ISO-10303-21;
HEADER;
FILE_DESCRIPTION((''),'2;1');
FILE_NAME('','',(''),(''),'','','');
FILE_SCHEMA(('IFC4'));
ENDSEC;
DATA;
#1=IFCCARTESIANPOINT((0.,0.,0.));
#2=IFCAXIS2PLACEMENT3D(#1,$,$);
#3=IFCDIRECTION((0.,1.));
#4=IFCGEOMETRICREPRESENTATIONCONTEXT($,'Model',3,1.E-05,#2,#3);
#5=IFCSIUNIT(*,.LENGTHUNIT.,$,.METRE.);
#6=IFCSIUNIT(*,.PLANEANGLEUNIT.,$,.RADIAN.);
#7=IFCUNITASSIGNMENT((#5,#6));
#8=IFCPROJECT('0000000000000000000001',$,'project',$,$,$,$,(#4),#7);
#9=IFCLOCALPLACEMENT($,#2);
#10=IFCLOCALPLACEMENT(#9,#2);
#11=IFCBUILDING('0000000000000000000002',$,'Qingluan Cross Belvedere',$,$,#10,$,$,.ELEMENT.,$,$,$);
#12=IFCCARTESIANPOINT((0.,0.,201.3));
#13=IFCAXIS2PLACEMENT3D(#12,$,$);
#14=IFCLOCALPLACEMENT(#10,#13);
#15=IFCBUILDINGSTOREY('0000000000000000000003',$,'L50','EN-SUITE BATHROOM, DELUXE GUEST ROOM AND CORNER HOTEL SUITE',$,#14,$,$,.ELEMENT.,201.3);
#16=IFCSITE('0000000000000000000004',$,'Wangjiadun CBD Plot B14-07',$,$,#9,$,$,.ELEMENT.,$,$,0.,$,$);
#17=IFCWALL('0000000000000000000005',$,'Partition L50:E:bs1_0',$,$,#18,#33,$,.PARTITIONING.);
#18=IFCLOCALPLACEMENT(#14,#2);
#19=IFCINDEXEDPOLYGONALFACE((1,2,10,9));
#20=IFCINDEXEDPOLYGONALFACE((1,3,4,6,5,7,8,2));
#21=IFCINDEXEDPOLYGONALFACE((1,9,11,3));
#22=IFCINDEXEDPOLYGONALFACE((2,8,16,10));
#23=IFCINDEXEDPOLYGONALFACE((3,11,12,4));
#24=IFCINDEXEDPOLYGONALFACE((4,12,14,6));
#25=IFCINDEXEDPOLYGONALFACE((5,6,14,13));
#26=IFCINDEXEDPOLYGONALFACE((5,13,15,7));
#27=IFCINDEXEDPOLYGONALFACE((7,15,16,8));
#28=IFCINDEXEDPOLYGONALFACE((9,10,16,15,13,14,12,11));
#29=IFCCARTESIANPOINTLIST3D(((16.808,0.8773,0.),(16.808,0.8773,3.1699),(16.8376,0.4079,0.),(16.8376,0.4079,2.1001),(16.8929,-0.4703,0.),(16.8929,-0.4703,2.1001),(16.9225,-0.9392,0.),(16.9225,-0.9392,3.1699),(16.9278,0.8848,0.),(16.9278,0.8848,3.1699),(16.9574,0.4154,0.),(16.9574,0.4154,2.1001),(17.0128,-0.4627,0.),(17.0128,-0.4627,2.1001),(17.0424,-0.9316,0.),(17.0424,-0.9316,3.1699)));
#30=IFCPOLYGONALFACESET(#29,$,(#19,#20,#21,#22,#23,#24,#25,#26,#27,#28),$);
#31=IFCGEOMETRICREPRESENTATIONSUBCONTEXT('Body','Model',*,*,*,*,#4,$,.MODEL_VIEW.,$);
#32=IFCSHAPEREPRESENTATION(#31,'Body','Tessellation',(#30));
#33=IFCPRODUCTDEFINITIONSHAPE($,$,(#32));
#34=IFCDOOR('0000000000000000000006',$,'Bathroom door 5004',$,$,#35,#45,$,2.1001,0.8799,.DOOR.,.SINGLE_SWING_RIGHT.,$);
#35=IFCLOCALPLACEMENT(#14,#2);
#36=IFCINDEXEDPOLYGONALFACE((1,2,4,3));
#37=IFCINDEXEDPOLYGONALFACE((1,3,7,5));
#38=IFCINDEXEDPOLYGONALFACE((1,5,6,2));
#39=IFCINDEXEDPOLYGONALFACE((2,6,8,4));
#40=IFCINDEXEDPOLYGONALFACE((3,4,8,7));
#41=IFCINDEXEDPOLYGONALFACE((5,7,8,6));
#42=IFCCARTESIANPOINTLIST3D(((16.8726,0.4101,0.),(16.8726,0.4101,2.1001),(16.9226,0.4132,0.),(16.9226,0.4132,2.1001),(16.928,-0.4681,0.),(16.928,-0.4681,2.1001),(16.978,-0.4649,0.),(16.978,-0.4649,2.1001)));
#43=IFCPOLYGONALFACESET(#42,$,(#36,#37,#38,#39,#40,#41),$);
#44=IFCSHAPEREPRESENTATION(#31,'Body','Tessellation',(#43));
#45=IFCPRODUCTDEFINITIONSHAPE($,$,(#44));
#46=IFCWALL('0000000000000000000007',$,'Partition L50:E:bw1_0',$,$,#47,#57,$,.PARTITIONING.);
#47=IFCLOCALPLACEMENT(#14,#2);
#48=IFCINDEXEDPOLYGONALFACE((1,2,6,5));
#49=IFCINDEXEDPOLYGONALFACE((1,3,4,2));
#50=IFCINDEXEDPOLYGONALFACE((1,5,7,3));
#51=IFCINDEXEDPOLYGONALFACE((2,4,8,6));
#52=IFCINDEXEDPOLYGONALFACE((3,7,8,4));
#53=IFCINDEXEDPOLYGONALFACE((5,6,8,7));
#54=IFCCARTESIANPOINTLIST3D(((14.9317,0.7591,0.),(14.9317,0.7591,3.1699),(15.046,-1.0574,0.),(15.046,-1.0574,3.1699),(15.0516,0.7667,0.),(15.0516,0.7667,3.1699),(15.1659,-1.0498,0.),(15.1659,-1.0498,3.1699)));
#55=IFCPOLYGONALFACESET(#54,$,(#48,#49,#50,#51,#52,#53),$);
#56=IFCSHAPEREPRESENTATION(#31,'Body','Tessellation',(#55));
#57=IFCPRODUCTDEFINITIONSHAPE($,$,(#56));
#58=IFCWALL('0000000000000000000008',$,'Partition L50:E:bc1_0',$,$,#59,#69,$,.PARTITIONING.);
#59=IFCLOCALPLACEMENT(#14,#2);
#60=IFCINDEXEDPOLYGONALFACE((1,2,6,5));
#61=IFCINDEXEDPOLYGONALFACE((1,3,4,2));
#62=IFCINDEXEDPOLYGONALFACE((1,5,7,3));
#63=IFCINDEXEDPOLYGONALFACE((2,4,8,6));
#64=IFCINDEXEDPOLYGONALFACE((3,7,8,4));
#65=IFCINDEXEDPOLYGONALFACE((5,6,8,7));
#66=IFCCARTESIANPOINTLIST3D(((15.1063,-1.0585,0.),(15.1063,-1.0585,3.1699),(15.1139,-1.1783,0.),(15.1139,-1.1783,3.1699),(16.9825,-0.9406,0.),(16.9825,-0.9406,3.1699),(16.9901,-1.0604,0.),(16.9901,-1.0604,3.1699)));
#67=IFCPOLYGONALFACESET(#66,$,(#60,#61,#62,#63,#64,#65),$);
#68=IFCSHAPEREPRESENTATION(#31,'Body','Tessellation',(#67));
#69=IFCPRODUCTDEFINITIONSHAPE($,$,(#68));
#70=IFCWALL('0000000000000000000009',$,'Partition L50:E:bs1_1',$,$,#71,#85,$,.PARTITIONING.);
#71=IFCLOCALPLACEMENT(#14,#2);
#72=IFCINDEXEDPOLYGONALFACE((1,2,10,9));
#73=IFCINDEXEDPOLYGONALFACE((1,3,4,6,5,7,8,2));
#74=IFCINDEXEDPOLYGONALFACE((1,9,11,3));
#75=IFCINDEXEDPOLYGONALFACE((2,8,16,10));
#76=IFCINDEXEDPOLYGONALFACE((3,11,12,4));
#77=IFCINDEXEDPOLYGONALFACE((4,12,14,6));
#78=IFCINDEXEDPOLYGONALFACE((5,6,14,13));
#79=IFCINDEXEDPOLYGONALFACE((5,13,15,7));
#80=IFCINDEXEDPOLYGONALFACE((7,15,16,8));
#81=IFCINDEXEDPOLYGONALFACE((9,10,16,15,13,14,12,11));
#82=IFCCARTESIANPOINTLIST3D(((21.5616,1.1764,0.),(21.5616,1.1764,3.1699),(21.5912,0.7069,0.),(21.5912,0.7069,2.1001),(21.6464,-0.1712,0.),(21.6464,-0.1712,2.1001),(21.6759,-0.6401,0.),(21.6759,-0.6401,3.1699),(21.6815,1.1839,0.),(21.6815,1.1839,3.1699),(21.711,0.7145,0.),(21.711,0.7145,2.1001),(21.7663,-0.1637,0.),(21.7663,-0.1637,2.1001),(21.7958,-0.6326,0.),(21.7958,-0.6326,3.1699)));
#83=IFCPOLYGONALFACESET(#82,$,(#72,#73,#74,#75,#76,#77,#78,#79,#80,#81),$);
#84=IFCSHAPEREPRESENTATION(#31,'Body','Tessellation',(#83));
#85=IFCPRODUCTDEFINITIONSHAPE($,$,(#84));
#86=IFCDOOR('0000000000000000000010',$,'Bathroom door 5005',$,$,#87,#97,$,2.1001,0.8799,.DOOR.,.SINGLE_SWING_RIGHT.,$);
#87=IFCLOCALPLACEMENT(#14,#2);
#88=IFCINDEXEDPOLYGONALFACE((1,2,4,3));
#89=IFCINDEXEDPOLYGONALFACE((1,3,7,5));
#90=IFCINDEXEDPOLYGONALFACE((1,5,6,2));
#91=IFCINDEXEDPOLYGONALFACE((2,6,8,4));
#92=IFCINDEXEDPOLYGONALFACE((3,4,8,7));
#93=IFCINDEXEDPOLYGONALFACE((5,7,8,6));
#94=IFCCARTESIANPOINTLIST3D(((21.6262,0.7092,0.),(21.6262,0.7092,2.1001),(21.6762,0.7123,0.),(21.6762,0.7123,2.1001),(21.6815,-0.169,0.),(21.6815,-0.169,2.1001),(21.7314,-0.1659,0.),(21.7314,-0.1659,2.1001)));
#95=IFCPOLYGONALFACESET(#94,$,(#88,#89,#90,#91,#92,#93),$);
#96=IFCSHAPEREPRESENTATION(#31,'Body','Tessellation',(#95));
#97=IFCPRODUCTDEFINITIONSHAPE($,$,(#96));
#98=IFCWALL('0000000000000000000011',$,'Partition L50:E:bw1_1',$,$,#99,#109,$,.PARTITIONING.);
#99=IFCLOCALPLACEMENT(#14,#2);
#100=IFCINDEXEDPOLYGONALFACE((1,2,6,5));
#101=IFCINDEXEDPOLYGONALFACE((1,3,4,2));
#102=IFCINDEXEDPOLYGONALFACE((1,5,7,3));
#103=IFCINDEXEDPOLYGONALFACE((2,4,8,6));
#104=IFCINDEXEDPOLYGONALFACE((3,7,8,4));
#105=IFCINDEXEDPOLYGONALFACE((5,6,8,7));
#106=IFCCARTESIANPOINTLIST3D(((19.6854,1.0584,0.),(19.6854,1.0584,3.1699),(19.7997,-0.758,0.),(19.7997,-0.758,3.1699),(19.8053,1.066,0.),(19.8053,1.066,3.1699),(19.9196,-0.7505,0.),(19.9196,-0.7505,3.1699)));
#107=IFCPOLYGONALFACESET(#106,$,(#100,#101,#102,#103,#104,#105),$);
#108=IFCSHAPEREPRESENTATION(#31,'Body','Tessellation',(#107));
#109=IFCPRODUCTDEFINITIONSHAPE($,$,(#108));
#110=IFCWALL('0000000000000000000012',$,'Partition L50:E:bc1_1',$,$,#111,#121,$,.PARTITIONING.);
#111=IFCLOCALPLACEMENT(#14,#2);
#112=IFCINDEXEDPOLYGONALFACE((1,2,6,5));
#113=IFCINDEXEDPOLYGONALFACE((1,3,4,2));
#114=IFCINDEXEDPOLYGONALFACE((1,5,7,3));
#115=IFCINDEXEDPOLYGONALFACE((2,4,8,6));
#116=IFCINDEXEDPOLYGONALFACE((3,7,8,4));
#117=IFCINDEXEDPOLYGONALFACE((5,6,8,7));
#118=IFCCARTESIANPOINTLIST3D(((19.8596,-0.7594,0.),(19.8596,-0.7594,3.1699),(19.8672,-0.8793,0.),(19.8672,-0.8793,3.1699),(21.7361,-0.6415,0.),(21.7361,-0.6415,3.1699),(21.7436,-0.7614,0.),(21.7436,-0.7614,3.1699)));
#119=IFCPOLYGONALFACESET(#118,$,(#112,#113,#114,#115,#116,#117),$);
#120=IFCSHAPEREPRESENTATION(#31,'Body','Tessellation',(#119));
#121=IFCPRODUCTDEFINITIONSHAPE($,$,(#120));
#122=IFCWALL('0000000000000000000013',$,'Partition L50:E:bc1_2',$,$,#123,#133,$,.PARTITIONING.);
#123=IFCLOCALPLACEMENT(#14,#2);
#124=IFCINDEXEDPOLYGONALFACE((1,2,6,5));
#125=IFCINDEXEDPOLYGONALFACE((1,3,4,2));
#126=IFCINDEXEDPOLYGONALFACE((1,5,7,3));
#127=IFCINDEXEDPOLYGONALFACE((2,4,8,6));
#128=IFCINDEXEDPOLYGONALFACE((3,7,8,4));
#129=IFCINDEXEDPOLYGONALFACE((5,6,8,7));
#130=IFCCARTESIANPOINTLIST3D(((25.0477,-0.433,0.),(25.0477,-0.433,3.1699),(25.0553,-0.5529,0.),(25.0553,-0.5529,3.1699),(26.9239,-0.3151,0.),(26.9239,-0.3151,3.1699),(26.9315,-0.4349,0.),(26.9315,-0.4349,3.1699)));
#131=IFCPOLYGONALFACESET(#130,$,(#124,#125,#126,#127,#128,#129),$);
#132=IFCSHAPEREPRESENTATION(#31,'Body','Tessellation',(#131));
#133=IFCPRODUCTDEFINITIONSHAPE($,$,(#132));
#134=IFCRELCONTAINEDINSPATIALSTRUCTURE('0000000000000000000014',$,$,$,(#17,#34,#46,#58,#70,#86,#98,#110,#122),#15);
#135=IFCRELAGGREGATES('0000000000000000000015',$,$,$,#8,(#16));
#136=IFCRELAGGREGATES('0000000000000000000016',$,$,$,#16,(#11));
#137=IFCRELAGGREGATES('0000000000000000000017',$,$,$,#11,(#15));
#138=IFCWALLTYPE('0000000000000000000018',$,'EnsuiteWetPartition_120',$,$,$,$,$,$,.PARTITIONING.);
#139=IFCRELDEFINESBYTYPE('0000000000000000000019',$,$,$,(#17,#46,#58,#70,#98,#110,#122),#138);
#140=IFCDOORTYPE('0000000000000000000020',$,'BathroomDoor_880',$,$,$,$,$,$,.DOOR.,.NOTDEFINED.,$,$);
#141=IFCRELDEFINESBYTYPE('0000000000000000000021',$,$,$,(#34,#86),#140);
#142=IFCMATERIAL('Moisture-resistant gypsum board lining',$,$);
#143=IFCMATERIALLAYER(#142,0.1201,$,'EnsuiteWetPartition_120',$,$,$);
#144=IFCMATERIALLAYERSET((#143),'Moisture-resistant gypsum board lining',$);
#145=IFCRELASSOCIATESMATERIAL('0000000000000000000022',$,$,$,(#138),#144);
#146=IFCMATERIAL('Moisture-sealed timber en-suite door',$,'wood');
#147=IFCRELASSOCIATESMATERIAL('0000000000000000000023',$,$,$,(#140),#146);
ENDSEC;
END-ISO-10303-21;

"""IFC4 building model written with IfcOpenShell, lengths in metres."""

from ifc_helpers import new_model, si_unit, direction, frame, frame_2d, origin, place, context, subcontext, project, spatial, rectangle, extrude, material, layer, layer_set, type_object, element, fill, save


model = new_model("IFC4")

# Units and contexts
model_context = context("Model", 3, precision=1e-05, world=origin(), true_north=direction((0.0, 1.0)))
body_context = subcontext(model_context, "Body", "Model", "MODEL_VIEW")
ifc_project = project(units=[si_unit("LENGTHUNIT", "METRE"), si_unit("PLANEANGLEUNIT", "RADIAN")], contexts=[model_context])

# Site, building, storey
site_placement = place(None, origin())
site = spatial("IfcSite", under=ifc_project, at=site_placement, Name="Wangjiadun CBD Plot B14-07", CompositionType="ELEMENT", RefElevation=0.0)
building_placement = place(site_placement, origin())
building = spatial("IfcBuilding", under=site, at=building_placement, Name="Qingluan Cross Belvedere", CompositionType="ELEMENT")
storey_placement = place(building_placement, frame((0.0, 0.0, 201.3)))
storey = spatial("IfcBuildingStorey", under=building, at=storey_placement, Name="L50", Description="EN-SUITE BATHROOM, DELUXE GUEST ROOM AND CORNER HOTEL SUITE", CompositionType="ELEMENT", Elevation=201.3)

# Wall, opening, door
ifc_material_1 = material(Name="Moisture-resistant gypsum board lining")
ifc_layer_1 = layer(ifc_material_1, 0.1201, Name="EnsuiteWetPartition_120")
ifc_layer_set_1 = layer_set([ifc_layer_1], Name="Moisture-resistant gypsum board lining")
wall_type_1 = type_object("IfcWallType", Name="EnsuiteWetPartition_120", PredefinedType="PARTITIONING", material=ifc_layer_set_1)
wall_1_placement = place(storey_placement, frame((16.9824, -0.9355, 0.0), z_axis=(0.0, 0.0, 1.0), x_axis=(-0.062913, 0.998019, 0.0)))
wall_1 = element("IfcWall", 1, at=wall_1_placement, inside=storey, type_object=wall_type_1, Name="Partition L50:E:bs1_0", PredefinedType="PARTITIONING", context=body_context, shape_type="SweptSolid", body=[
    extrude(rectangle(XDim=1.8201, YDim=0.1201, at=frame_2d((0.9102, 0.0))), origin(), (0.0, 0.0, 1.0), 3.1699),
])
opening_1_placement = place(wall_1_placement, frame((0.47, 0.0, 0.0)))
opening_1 = element("IfcOpeningElement", 2, at=opening_1_placement, cuts=wall_1, PredefinedType="OPENING", context=body_context, shape_type="SweptSolid", body=[
    extrude(rectangle(XDim=0.8799, YDim=2.1001, at=frame_2d((0.4399, 1.05))), frame((0.0, 0.0701, 0.0), z_axis=(0.0, -1.0, 0.0), x_axis=(1.0, 0.0, 0.0)), (0.0, 0.0, 1.0), 0.1401),
])
ifc_material_2 = material(Name="Moisture-sealed timber en-suite door", Category="wood")
door_type_1 = type_object("IfcDoorType", Name="BathroomDoor_880", OperationType="NOTDEFINED", PredefinedType="DOOR", material=ifc_material_2)
door_1_placement = place(opening_1_placement, origin())
door_1 = element("IfcDoor", 3, at=door_1_placement, inside=storey, type_object=door_type_1, Name="Bathroom door 5004", OperationType="SINGLE_SWING_RIGHT", OverallHeight=2.1001, OverallWidth=0.8799, PredefinedType="DOOR", context=body_context, shape_type="SweptSolid", body=[
    extrude(rectangle(XDim=0.8799, YDim=2.1001, at=frame_2d((0.4399, 1.05))), frame((0.0, 0.0249, 0.0), z_axis=(0.0, -1.0, 0.0), x_axis=(1.0, 0.0, 0.0)), (0.0, 0.0, 1.0), 0.05),
])
fill(opening_1, door_1)

# Walls
wall_2_placement = place(storey_placement, frame((15.106, -1.0537, 0.0), z_axis=(0.0, 0.0, 1.0), x_axis=(-0.062779, 0.998027, 0.0)))
element("IfcWall", 4, at=wall_2_placement, inside=storey, type_object=wall_type_1, Name="Partition L50:E:bw1_0", PredefinedType="PARTITIONING", context=body_context, shape_type="SweptSolid", body=[
    extrude(rectangle(XDim=1.8201, YDim=0.1201, at=frame_2d((0.9102, 0.0))), origin(), (0.0, 0.0, 1.0), 3.1699),
])
wall_3_placement = place(storey_placement, frame((15.1101, -1.1184, 0.0), z_axis=(0.0, 0.0, 1.0), x_axis=(0.998031, 0.062726, 0.0)))
element("IfcWall", 5, at=wall_3_placement, inside=storey, type_object=wall_type_1, Name="Partition L50:E:bc1_0", PredefinedType="PARTITIONING", context=body_context, shape_type="SweptSolid", body=[
    extrude(rectangle(XDim=1.8799, YDim=0.1201, at=frame_2d((0.9399, 0.0))), origin(), (0.0, 0.0, 1.0), 3.1699),
])

# Wall, opening, door
wall_4_placement = place(storey_placement, frame((21.7358, -0.6365, 0.0), z_axis=(0.0, 0.0, 1.0), x_axis=(-0.062779, 0.998027, 0.0)))
wall_4 = element("IfcWall", 6, at=wall_4_placement, inside=storey, type_object=wall_type_1, Name="Partition L50:E:bs1_1", PredefinedType="PARTITIONING", context=body_context, shape_type="SweptSolid", body=[
    extrude(rectangle(XDim=1.8201, YDim=0.1201, at=frame_2d((0.9102, 0.0))), origin(), (0.0, 0.0, 1.0), 3.1699),
])
opening_2_placement = place(wall_4_placement, frame((0.47, 0.0, 0.0)))
opening_2 = element("IfcOpeningElement", 7, at=opening_2_placement, cuts=wall_4, PredefinedType="OPENING", context=body_context, shape_type="SweptSolid", body=[
    extrude(rectangle(XDim=0.8799, YDim=2.1001, at=frame_2d((0.4399, 1.05))), frame((0.0, 0.0701, 0.0), z_axis=(0.0, -1.0, 0.0), x_axis=(1.0, 0.0, 0.0)), (0.0, 0.0, 1.0), 0.1401),
])
door_2_placement = place(opening_2_placement, origin())
door_2 = element("IfcDoor", 8, at=door_2_placement, inside=storey, type_object=door_type_1, Name="Bathroom door 5005", OperationType="SINGLE_SWING_RIGHT", OverallHeight=2.1001, OverallWidth=0.8799, PredefinedType="DOOR", context=body_context, shape_type="SweptSolid", body=[
    extrude(rectangle(XDim=0.8799, YDim=2.1001, at=frame_2d((0.4399, 1.05))), frame((0.0, 0.0249, 0.0), z_axis=(0.0, -1.0, 0.0), x_axis=(1.0, 0.0, 0.0)), (0.0, 0.0, 1.0), 0.05),
])
fill(opening_2, door_2)

# Walls
wall_5_placement = place(storey_placement, frame((19.8596, -0.7544, 0.0), z_axis=(0.0, 0.0, 1.0), x_axis=(-0.062779, 0.998027, 0.0)))
element("IfcWall", 9, at=wall_5_placement, inside=storey, type_object=wall_type_1, Name="Partition L50:E:bw1_1", PredefinedType="PARTITIONING", context=body_context, shape_type="SweptSolid", body=[
    extrude(rectangle(XDim=1.8201, YDim=0.1201, at=frame_2d((0.9102, 0.0))), origin(), (0.0, 0.0, 1.0), 3.1699),
])
wall_6_placement = place(storey_placement, frame((19.8635, -0.8193, 0.0), z_axis=(0.0, 0.0, 1.0), x_axis=(0.998031, 0.062718, 0.0)))
element("IfcWall", 10, at=wall_6_placement, inside=storey, type_object=wall_type_1, Name="Partition L50:E:bc1_1", PredefinedType="PARTITIONING", context=body_context, shape_type="SweptSolid", body=[
    extrude(rectangle(XDim=1.8801, YDim=0.1201, at=frame_2d((0.9399, 0.0))), origin(), (0.0, 0.0, 1.0), 3.1699),
])
wall_7_placement = place(storey_placement, frame((25.0515, -0.4929, 0.0), z_axis=(0.0, 0.0, 1.0), x_axis=(0.998031, 0.062726, 0.0)))
element("IfcWall", 11, at=wall_7_placement, inside=storey, type_object=wall_type_1, Name="Partition L50:E:bc1_2", PredefinedType="PARTITIONING", context=body_context, shape_type="SweptSolid", body=[
    extrude(rectangle(XDim=1.8799, YDim=0.1201, at=frame_2d((0.9399, 0.0))), origin(), (0.0, 0.0, 1.0), 3.1699),
])

save(model, "model.ifc")
